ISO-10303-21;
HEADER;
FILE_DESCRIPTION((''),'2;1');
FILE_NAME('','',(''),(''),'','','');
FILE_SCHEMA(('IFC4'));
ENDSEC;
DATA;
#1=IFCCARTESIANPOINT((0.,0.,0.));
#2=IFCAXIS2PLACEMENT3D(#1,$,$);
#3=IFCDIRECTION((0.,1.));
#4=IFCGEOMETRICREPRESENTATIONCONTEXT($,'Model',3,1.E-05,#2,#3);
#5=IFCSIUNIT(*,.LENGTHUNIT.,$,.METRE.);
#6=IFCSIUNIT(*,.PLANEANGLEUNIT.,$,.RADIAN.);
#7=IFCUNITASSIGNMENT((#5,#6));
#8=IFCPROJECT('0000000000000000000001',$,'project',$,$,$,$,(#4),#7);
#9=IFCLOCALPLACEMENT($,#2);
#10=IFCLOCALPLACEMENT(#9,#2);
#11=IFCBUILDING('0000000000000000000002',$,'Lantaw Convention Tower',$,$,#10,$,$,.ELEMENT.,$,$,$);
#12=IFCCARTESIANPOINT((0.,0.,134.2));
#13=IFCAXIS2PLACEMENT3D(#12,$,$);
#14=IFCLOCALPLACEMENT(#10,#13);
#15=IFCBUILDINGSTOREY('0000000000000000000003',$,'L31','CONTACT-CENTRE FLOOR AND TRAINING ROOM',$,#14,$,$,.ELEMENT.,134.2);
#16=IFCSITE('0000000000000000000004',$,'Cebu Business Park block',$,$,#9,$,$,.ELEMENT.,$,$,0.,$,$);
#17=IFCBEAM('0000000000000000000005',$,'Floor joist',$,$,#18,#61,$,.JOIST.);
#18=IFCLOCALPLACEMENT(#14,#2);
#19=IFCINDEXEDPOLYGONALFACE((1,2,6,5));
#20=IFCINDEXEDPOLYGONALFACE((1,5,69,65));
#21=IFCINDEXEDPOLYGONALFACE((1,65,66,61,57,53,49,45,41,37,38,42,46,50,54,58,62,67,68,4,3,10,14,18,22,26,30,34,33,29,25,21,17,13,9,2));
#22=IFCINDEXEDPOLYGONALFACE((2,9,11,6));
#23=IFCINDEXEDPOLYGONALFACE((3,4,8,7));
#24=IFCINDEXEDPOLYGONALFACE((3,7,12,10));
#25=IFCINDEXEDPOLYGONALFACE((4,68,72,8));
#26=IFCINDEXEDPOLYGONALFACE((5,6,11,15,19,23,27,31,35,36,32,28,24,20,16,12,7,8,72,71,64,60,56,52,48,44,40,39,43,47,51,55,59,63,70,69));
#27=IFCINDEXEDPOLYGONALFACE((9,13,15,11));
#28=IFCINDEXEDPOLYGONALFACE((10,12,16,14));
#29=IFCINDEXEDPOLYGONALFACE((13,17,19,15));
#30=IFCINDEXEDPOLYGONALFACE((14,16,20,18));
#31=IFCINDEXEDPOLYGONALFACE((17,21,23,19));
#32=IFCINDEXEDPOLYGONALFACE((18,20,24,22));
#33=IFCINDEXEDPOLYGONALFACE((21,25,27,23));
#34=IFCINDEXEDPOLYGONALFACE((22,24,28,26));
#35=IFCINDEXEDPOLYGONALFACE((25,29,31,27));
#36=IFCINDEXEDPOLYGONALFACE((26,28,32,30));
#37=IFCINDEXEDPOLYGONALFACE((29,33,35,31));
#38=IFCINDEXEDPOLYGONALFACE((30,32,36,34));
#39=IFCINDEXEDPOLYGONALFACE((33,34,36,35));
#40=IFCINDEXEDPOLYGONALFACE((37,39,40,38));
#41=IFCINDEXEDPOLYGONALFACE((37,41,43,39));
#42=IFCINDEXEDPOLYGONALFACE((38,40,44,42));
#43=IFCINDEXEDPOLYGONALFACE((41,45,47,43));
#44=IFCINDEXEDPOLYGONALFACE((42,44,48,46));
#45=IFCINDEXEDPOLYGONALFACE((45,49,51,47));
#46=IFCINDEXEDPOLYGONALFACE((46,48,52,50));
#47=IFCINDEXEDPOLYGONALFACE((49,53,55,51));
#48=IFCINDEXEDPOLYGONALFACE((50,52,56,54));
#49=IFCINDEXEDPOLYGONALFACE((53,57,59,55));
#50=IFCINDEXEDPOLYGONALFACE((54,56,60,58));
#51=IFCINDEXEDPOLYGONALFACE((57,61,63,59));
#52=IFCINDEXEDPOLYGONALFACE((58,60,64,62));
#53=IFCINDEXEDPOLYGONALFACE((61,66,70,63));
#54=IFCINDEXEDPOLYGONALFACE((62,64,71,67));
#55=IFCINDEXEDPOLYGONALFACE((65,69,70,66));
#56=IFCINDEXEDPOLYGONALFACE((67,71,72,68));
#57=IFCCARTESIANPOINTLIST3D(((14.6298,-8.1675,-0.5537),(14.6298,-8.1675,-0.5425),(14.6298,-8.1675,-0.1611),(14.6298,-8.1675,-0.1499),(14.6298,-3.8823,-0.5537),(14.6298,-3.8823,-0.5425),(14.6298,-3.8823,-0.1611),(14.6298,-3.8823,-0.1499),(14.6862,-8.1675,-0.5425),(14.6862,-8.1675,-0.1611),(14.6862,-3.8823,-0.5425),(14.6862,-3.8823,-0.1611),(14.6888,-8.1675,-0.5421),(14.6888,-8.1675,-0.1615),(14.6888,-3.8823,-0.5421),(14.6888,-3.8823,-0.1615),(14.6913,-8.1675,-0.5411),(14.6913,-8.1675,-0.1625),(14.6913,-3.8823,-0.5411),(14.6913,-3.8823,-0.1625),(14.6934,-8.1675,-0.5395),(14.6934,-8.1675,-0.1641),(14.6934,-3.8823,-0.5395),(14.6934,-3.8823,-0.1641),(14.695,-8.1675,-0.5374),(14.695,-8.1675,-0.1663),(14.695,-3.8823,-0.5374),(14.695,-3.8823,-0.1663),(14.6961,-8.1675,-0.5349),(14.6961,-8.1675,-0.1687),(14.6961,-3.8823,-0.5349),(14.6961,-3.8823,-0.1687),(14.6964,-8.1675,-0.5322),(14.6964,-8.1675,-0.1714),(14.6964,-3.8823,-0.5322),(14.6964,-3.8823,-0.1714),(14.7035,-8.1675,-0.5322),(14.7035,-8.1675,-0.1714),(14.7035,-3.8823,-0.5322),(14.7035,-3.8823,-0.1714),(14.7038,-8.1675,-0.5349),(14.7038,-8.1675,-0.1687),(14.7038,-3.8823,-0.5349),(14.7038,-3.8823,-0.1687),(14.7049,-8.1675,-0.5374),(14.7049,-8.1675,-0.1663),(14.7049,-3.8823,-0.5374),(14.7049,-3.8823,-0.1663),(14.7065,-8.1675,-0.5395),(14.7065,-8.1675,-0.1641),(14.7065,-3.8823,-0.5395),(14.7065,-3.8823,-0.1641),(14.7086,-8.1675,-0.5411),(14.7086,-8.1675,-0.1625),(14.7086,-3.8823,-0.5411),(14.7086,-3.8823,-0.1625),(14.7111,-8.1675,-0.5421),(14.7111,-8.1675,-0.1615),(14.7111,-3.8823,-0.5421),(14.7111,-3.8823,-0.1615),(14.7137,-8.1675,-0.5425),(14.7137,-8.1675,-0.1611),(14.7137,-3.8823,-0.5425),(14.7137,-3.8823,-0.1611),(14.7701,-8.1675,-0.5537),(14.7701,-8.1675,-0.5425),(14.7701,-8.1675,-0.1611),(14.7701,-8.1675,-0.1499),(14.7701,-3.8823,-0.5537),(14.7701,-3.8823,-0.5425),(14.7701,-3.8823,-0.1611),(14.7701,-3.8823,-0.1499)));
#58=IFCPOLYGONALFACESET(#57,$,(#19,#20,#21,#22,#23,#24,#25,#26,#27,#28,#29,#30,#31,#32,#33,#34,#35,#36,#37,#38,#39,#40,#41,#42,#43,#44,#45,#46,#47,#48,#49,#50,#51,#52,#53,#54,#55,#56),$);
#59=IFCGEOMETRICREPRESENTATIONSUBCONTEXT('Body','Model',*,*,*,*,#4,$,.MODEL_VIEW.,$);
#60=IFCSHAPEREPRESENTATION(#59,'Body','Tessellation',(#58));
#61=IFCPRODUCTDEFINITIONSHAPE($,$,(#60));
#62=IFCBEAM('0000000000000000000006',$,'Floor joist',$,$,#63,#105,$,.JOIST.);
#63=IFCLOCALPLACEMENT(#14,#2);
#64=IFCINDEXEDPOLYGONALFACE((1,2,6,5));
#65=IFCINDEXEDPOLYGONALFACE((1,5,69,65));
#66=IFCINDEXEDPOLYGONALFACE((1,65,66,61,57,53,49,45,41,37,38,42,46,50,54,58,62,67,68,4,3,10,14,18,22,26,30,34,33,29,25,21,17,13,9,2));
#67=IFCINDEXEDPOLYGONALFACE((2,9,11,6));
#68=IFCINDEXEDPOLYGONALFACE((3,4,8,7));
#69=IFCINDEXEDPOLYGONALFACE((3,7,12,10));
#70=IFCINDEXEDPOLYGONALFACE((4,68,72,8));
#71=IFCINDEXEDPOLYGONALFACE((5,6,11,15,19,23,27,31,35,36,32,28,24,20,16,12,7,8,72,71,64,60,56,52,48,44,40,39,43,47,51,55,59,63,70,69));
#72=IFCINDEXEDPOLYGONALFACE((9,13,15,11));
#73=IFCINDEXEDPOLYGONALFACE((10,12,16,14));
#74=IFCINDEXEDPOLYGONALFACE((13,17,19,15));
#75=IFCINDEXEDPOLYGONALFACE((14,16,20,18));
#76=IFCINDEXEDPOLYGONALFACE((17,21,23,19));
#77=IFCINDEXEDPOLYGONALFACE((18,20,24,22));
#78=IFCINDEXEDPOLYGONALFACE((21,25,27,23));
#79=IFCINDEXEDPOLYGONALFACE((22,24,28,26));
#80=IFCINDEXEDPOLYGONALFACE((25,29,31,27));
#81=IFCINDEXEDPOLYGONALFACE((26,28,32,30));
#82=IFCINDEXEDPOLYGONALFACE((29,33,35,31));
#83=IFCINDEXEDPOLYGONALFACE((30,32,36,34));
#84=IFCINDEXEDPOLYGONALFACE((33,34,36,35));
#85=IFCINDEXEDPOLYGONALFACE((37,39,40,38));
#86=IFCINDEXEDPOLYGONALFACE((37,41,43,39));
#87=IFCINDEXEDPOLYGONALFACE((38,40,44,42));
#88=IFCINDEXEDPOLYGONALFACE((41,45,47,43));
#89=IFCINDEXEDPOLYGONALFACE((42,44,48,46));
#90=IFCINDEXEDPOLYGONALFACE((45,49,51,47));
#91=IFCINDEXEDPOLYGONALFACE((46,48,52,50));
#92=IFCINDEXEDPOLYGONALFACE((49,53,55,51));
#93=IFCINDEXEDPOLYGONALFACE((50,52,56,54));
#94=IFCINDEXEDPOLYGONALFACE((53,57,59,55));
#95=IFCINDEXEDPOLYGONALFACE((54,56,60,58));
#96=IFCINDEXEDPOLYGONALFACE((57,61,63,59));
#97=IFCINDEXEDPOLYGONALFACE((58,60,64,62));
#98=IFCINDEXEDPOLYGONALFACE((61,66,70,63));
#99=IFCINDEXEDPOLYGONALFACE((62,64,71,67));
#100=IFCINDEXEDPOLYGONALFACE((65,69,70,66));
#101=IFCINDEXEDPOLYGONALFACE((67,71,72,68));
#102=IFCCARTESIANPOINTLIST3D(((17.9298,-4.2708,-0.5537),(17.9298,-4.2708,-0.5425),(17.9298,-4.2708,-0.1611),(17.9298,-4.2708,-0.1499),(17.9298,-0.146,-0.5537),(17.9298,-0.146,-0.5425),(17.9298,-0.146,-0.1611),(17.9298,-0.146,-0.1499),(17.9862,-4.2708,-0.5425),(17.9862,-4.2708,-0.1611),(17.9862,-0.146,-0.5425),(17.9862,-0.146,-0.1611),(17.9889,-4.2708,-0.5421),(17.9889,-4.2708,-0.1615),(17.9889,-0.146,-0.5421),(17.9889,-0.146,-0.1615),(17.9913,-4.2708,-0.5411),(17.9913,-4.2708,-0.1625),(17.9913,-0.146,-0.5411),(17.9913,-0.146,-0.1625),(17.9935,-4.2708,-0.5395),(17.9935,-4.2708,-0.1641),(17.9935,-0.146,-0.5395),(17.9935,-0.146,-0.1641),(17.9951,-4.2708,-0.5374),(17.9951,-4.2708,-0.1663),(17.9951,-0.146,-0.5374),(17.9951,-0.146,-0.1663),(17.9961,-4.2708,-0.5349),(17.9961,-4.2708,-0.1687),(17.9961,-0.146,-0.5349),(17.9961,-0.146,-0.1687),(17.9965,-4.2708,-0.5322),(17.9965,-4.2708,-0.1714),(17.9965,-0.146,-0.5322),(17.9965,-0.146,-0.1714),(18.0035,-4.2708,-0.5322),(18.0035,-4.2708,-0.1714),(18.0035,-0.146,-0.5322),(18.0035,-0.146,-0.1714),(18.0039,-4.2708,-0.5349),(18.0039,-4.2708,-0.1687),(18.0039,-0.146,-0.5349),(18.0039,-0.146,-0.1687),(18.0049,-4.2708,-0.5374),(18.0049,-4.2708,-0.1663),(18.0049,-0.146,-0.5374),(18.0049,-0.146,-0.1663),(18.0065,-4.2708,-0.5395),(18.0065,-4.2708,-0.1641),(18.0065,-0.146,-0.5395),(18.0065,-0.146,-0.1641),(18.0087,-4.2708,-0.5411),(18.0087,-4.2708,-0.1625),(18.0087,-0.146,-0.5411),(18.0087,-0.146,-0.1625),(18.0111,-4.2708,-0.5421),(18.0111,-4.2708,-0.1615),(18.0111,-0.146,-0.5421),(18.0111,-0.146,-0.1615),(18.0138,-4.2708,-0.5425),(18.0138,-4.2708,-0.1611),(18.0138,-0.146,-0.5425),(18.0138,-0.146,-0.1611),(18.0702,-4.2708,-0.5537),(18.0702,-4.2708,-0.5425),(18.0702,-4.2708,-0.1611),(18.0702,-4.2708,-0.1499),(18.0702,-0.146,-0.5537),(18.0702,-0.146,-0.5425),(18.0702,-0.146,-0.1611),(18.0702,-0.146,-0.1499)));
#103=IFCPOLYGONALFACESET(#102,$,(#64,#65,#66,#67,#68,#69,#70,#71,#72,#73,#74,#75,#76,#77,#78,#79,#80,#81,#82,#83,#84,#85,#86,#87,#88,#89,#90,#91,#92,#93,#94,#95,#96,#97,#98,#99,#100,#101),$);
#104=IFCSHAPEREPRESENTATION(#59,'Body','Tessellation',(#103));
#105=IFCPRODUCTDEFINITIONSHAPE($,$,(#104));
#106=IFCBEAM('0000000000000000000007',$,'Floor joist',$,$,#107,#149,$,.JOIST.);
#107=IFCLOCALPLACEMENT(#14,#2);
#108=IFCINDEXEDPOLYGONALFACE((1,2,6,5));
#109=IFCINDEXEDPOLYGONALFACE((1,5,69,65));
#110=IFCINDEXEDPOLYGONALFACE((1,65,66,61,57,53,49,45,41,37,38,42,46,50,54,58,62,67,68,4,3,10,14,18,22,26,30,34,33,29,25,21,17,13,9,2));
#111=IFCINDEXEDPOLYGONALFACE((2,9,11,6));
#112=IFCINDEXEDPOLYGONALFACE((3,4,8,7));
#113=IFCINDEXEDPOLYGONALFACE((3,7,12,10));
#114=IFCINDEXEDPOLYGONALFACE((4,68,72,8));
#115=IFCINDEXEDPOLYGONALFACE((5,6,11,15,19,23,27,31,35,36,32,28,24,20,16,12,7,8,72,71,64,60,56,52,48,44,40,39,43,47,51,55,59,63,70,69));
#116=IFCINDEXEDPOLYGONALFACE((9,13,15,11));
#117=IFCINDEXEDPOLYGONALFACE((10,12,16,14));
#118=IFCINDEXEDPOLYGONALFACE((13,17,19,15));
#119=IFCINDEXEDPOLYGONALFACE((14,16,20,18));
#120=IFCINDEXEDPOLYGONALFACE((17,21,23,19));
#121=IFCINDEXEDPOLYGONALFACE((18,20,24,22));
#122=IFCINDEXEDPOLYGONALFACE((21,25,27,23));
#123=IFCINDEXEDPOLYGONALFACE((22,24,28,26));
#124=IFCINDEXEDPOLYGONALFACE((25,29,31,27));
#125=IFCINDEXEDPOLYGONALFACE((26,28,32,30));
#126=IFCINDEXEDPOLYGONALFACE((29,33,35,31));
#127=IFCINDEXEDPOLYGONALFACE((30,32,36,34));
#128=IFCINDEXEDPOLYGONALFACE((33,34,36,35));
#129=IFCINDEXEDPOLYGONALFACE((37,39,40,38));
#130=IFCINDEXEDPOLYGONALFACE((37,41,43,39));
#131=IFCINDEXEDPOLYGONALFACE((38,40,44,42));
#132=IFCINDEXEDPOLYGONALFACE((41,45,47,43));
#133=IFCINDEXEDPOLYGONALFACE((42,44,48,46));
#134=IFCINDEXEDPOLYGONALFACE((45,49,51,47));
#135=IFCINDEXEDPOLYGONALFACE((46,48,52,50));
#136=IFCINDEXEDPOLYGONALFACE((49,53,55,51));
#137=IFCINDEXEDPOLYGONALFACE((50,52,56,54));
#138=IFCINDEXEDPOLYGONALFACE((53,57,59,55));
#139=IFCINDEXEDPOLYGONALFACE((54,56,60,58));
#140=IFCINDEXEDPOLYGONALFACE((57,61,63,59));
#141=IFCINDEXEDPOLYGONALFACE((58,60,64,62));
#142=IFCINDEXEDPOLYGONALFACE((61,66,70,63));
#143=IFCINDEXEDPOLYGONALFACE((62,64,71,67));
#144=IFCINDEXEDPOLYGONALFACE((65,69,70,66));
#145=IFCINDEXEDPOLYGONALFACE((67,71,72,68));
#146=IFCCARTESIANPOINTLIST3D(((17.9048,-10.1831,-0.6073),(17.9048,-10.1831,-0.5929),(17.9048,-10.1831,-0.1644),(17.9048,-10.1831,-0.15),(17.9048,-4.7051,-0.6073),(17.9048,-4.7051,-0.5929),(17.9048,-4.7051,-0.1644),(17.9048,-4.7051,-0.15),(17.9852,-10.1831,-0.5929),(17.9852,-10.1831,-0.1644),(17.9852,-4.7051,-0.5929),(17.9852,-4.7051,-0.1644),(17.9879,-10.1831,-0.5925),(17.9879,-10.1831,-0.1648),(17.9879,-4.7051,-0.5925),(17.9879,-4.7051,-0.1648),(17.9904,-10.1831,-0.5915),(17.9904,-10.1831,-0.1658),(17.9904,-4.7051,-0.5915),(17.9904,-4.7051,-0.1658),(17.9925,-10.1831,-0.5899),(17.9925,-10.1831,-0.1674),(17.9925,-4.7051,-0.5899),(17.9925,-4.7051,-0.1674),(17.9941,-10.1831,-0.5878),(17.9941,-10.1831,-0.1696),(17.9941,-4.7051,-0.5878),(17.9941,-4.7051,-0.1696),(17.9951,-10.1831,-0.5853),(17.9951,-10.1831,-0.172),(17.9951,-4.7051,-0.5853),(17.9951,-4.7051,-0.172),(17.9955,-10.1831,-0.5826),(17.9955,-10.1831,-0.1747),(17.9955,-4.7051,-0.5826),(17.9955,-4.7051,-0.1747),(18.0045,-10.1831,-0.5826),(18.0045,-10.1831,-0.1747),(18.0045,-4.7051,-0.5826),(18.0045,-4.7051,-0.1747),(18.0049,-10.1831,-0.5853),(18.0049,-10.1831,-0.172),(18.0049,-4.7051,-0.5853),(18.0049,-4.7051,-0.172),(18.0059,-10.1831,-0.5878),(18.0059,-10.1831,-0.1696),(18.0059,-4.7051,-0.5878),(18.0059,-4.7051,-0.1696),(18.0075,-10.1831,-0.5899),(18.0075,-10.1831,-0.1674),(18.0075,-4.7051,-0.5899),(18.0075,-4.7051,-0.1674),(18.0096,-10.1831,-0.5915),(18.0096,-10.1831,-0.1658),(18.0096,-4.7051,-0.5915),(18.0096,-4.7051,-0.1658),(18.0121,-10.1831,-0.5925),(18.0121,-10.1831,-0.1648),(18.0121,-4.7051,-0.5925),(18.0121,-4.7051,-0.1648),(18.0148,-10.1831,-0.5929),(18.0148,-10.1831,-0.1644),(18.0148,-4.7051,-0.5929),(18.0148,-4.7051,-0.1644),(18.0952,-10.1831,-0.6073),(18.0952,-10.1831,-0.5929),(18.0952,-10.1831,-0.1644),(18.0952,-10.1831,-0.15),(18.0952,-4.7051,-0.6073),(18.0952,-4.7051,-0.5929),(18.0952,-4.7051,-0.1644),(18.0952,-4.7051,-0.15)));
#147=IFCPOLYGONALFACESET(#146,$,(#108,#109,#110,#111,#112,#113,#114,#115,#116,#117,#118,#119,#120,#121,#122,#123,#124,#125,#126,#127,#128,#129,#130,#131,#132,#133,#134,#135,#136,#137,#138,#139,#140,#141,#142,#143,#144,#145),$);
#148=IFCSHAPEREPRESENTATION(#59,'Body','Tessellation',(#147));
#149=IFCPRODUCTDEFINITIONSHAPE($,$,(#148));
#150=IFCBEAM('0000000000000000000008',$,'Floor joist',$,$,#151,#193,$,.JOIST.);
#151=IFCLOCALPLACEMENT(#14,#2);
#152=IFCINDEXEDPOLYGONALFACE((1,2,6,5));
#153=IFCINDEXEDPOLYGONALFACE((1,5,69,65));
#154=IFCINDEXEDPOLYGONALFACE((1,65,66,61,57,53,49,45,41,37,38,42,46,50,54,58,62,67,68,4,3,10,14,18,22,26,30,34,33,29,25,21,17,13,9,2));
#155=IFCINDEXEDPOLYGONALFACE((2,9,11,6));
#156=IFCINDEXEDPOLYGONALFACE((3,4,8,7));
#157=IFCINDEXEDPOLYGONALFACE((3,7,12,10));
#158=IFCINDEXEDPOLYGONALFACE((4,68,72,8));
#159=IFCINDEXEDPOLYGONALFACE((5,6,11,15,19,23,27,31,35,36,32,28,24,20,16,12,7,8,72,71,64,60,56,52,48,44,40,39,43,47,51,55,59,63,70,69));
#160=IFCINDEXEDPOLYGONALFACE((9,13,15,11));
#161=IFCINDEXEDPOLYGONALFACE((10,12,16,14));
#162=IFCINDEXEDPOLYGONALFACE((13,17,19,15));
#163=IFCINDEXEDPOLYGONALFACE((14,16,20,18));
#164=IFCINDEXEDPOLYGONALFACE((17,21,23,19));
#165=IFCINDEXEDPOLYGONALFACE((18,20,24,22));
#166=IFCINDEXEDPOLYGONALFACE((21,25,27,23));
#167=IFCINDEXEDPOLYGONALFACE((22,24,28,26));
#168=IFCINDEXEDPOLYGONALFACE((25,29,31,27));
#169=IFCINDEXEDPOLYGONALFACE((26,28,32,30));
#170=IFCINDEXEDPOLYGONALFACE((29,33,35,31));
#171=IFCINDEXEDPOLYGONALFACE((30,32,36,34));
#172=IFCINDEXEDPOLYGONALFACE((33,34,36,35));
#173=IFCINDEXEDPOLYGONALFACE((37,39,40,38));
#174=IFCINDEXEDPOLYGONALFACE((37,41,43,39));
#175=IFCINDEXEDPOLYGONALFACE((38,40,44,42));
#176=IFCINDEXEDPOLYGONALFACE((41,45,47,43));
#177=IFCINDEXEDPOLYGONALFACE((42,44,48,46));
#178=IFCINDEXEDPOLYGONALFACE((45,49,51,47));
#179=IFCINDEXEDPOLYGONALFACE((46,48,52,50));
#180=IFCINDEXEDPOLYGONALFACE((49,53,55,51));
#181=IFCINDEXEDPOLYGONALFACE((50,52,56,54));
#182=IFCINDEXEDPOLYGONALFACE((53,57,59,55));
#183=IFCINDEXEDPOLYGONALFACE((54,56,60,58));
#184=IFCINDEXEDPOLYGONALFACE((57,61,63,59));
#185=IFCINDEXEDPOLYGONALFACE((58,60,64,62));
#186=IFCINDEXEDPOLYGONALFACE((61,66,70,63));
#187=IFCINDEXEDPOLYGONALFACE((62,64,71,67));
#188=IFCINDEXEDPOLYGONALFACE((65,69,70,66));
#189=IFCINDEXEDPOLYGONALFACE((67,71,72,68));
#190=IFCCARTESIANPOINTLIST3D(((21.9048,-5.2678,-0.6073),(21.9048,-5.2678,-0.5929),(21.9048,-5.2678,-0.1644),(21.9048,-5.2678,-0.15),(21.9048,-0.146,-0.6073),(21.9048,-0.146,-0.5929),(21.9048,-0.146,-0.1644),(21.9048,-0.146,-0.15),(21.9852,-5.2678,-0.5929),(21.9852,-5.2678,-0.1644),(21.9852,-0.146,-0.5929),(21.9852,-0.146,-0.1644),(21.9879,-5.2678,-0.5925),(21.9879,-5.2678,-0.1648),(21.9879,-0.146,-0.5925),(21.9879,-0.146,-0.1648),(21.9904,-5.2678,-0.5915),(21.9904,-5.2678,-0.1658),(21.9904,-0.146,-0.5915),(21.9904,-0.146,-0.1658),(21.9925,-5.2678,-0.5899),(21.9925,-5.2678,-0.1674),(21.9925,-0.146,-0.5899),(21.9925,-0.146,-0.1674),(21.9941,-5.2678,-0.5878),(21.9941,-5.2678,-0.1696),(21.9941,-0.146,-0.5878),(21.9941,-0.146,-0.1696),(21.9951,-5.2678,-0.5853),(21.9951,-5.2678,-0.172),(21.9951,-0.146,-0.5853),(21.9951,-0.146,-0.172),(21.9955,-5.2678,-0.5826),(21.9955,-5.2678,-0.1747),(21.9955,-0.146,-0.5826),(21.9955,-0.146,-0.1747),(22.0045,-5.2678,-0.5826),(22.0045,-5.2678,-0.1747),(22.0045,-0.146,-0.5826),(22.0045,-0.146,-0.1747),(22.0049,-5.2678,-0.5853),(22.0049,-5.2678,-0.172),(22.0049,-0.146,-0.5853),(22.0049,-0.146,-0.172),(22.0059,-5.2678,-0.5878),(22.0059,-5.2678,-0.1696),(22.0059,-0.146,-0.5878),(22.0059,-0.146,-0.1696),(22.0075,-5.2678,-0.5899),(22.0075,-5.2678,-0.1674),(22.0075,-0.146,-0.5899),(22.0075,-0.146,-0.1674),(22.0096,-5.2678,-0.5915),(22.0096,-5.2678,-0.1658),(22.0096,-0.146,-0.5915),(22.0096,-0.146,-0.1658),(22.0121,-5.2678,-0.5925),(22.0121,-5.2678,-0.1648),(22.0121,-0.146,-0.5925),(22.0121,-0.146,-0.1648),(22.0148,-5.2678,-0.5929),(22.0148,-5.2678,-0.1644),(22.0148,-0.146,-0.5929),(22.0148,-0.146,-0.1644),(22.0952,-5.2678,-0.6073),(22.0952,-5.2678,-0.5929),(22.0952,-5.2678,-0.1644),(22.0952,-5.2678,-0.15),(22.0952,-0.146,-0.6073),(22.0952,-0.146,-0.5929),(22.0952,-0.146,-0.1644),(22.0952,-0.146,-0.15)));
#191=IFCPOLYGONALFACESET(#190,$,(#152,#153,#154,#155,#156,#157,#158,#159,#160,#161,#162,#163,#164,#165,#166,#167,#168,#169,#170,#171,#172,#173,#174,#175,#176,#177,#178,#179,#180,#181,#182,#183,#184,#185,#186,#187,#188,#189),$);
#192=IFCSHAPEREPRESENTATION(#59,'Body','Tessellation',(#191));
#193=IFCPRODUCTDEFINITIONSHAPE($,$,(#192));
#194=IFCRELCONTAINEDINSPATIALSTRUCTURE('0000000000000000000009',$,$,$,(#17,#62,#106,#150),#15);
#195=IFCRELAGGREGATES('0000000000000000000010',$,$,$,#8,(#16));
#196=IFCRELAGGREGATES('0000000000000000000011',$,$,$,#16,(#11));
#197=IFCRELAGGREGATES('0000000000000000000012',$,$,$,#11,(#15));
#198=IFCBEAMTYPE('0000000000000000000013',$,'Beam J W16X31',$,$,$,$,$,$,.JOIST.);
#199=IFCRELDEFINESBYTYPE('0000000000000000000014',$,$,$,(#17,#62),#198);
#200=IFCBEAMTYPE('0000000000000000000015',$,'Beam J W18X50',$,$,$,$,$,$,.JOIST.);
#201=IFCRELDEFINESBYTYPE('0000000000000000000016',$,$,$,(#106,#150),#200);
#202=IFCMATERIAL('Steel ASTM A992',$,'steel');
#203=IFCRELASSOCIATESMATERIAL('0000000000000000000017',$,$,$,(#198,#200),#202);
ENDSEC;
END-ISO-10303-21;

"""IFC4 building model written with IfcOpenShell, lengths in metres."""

from ifc_helpers import new_model, si_unit, direction, frame, origin, origin_2d, place, context, subcontext, project, spatial, i_section, extrude, material, material_profile, profile_set, type_object, element, save


model = new_model("IFC4")

# Units and contexts
model_context = context("Model", 3, precision=1e-05, world=origin(), true_north=direction((0.0, 1.0)))
body_context = subcontext(model_context, "Body", "Model", "MODEL_VIEW")
ifc_project = project(units=[si_unit("LENGTHUNIT", "METRE"), si_unit("PLANEANGLEUNIT", "RADIAN")], contexts=[model_context])

# Site, building, storey
site_placement = place(None, origin())
site = spatial("IfcSite", under=ifc_project, at=site_placement, Name="Cebu Business Park block", CompositionType="ELEMENT", RefElevation=0.0)
building_placement = place(site_placement, origin())
building = spatial("IfcBuilding", under=site, at=building_placement, Name="Lantaw Convention Tower", CompositionType="ELEMENT")
storey_placement = place(building_placement, frame((0.0, 0.0, 134.2)))
storey = spatial("IfcBuildingStorey", under=building, at=storey_placement, Name="L31", Description="CONTACT-CENTRE FLOOR AND TRAINING ROOM", CompositionType="ELEMENT", Elevation=134.2)

# Beams
ifc_material_1 = material(Name="Steel ASTM A992", Category="steel")
ifc_material_profile_1 = material_profile(ifc_material_1, i_section(OverallWidth=0.1404, OverallDepth=0.4038, WebThickness=0.0071, FlangeThickness=0.0112, FilletRadius=0.0103, at=origin_2d()), Name="W16X31")
ifc_profile_set_1 = profile_set([ifc_material_profile_1], Name="Steel ASTM A992")
beam_type_1 = type_object("IfcBeamType", Name="Beam J W16X31", PredefinedType="JOIST", material=ifc_profile_set_1)
beam_1_placement = place(storey_placement, frame((14.7, -8.1675, -0.3518), z_axis=(0.0, 1.0, 0.0), x_axis=(-1.0, 0.0, 0.0)))
element("IfcBeam", 1, at=beam_1_placement, inside=storey, type_object=beam_type_1, Name="Floor joist", PredefinedType="JOIST", context=body_context, shape_type="SweptSolid", body=[
    extrude(i_section(OverallWidth=0.1404, OverallDepth=0.4038, WebThickness=0.0071, FlangeThickness=0.0112, FilletRadius=0.0103, at=origin_2d()), origin(), (0.0, 0.0, 1.0), 4.2852),
])
beam_2_placement = place(storey_placement, frame((18.0, -4.2708, -0.3518), z_axis=(0.0, 1.0, 0.0), x_axis=(-1.0, 0.0, 0.0)))
element("IfcBeam", 2, at=beam_2_placement, inside=storey, type_object=beam_type_1, Name="Floor joist", PredefinedType="JOIST", context=body_context, shape_type="SweptSolid", body=[
    extrude(i_section(OverallWidth=0.1404, OverallDepth=0.4038, WebThickness=0.0071, FlangeThickness=0.0112, FilletRadius=0.0103, at=origin_2d()), origin(), (0.0, 0.0, 1.0), 4.1248),
])
ifc_material_profile_2 = material_profile(ifc_material_1, i_section(OverallWidth=0.1904, OverallDepth=0.4573, WebThickness=0.009, FlangeThickness=0.0144, FilletRadius=0.0103, at=origin_2d()), Name="W18X50")
ifc_profile_set_2 = profile_set([ifc_material_profile_2], Name="Steel ASTM A992")
beam_type_2 = type_object("IfcBeamType", Name="Beam J W18X50", PredefinedType="JOIST", material=ifc_profile_set_2)
beam_3_placement = place(storey_placement, frame((18.0, -10.1831, -0.3787), z_axis=(0.0, 1.0, 0.0), x_axis=(-1.0, 0.0, 0.0)))
element("IfcBeam", 3, at=beam_3_placement, inside=storey, type_object=beam_type_2, Name="Floor joist", PredefinedType="JOIST", context=body_context, shape_type="SweptSolid", body=[
    extrude(i_section(OverallWidth=0.1904, OverallDepth=0.4573, WebThickness=0.009, FlangeThickness=0.0144, FilletRadius=0.0103, at=origin_2d()), origin(), (0.0, 0.0, 1.0), 5.478),
])
beam_4_placement = place(storey_placement, frame((22.0, -5.2678, -0.3787), z_axis=(0.0, 1.0, 0.0), x_axis=(-1.0, 0.0, 0.0)))
element("IfcBeam", 4, at=beam_4_placement, inside=storey, type_object=beam_type_2, Name="Floor joist", PredefinedType="JOIST", context=body_context, shape_type="SweptSolid", body=[
    extrude(i_section(OverallWidth=0.1904, OverallDepth=0.4573, WebThickness=0.009, FlangeThickness=0.0144, FilletRadius=0.0103, at=origin_2d()), origin(), (0.0, 0.0, 1.0), 5.1218),
])

save(model, "model.ifc")
